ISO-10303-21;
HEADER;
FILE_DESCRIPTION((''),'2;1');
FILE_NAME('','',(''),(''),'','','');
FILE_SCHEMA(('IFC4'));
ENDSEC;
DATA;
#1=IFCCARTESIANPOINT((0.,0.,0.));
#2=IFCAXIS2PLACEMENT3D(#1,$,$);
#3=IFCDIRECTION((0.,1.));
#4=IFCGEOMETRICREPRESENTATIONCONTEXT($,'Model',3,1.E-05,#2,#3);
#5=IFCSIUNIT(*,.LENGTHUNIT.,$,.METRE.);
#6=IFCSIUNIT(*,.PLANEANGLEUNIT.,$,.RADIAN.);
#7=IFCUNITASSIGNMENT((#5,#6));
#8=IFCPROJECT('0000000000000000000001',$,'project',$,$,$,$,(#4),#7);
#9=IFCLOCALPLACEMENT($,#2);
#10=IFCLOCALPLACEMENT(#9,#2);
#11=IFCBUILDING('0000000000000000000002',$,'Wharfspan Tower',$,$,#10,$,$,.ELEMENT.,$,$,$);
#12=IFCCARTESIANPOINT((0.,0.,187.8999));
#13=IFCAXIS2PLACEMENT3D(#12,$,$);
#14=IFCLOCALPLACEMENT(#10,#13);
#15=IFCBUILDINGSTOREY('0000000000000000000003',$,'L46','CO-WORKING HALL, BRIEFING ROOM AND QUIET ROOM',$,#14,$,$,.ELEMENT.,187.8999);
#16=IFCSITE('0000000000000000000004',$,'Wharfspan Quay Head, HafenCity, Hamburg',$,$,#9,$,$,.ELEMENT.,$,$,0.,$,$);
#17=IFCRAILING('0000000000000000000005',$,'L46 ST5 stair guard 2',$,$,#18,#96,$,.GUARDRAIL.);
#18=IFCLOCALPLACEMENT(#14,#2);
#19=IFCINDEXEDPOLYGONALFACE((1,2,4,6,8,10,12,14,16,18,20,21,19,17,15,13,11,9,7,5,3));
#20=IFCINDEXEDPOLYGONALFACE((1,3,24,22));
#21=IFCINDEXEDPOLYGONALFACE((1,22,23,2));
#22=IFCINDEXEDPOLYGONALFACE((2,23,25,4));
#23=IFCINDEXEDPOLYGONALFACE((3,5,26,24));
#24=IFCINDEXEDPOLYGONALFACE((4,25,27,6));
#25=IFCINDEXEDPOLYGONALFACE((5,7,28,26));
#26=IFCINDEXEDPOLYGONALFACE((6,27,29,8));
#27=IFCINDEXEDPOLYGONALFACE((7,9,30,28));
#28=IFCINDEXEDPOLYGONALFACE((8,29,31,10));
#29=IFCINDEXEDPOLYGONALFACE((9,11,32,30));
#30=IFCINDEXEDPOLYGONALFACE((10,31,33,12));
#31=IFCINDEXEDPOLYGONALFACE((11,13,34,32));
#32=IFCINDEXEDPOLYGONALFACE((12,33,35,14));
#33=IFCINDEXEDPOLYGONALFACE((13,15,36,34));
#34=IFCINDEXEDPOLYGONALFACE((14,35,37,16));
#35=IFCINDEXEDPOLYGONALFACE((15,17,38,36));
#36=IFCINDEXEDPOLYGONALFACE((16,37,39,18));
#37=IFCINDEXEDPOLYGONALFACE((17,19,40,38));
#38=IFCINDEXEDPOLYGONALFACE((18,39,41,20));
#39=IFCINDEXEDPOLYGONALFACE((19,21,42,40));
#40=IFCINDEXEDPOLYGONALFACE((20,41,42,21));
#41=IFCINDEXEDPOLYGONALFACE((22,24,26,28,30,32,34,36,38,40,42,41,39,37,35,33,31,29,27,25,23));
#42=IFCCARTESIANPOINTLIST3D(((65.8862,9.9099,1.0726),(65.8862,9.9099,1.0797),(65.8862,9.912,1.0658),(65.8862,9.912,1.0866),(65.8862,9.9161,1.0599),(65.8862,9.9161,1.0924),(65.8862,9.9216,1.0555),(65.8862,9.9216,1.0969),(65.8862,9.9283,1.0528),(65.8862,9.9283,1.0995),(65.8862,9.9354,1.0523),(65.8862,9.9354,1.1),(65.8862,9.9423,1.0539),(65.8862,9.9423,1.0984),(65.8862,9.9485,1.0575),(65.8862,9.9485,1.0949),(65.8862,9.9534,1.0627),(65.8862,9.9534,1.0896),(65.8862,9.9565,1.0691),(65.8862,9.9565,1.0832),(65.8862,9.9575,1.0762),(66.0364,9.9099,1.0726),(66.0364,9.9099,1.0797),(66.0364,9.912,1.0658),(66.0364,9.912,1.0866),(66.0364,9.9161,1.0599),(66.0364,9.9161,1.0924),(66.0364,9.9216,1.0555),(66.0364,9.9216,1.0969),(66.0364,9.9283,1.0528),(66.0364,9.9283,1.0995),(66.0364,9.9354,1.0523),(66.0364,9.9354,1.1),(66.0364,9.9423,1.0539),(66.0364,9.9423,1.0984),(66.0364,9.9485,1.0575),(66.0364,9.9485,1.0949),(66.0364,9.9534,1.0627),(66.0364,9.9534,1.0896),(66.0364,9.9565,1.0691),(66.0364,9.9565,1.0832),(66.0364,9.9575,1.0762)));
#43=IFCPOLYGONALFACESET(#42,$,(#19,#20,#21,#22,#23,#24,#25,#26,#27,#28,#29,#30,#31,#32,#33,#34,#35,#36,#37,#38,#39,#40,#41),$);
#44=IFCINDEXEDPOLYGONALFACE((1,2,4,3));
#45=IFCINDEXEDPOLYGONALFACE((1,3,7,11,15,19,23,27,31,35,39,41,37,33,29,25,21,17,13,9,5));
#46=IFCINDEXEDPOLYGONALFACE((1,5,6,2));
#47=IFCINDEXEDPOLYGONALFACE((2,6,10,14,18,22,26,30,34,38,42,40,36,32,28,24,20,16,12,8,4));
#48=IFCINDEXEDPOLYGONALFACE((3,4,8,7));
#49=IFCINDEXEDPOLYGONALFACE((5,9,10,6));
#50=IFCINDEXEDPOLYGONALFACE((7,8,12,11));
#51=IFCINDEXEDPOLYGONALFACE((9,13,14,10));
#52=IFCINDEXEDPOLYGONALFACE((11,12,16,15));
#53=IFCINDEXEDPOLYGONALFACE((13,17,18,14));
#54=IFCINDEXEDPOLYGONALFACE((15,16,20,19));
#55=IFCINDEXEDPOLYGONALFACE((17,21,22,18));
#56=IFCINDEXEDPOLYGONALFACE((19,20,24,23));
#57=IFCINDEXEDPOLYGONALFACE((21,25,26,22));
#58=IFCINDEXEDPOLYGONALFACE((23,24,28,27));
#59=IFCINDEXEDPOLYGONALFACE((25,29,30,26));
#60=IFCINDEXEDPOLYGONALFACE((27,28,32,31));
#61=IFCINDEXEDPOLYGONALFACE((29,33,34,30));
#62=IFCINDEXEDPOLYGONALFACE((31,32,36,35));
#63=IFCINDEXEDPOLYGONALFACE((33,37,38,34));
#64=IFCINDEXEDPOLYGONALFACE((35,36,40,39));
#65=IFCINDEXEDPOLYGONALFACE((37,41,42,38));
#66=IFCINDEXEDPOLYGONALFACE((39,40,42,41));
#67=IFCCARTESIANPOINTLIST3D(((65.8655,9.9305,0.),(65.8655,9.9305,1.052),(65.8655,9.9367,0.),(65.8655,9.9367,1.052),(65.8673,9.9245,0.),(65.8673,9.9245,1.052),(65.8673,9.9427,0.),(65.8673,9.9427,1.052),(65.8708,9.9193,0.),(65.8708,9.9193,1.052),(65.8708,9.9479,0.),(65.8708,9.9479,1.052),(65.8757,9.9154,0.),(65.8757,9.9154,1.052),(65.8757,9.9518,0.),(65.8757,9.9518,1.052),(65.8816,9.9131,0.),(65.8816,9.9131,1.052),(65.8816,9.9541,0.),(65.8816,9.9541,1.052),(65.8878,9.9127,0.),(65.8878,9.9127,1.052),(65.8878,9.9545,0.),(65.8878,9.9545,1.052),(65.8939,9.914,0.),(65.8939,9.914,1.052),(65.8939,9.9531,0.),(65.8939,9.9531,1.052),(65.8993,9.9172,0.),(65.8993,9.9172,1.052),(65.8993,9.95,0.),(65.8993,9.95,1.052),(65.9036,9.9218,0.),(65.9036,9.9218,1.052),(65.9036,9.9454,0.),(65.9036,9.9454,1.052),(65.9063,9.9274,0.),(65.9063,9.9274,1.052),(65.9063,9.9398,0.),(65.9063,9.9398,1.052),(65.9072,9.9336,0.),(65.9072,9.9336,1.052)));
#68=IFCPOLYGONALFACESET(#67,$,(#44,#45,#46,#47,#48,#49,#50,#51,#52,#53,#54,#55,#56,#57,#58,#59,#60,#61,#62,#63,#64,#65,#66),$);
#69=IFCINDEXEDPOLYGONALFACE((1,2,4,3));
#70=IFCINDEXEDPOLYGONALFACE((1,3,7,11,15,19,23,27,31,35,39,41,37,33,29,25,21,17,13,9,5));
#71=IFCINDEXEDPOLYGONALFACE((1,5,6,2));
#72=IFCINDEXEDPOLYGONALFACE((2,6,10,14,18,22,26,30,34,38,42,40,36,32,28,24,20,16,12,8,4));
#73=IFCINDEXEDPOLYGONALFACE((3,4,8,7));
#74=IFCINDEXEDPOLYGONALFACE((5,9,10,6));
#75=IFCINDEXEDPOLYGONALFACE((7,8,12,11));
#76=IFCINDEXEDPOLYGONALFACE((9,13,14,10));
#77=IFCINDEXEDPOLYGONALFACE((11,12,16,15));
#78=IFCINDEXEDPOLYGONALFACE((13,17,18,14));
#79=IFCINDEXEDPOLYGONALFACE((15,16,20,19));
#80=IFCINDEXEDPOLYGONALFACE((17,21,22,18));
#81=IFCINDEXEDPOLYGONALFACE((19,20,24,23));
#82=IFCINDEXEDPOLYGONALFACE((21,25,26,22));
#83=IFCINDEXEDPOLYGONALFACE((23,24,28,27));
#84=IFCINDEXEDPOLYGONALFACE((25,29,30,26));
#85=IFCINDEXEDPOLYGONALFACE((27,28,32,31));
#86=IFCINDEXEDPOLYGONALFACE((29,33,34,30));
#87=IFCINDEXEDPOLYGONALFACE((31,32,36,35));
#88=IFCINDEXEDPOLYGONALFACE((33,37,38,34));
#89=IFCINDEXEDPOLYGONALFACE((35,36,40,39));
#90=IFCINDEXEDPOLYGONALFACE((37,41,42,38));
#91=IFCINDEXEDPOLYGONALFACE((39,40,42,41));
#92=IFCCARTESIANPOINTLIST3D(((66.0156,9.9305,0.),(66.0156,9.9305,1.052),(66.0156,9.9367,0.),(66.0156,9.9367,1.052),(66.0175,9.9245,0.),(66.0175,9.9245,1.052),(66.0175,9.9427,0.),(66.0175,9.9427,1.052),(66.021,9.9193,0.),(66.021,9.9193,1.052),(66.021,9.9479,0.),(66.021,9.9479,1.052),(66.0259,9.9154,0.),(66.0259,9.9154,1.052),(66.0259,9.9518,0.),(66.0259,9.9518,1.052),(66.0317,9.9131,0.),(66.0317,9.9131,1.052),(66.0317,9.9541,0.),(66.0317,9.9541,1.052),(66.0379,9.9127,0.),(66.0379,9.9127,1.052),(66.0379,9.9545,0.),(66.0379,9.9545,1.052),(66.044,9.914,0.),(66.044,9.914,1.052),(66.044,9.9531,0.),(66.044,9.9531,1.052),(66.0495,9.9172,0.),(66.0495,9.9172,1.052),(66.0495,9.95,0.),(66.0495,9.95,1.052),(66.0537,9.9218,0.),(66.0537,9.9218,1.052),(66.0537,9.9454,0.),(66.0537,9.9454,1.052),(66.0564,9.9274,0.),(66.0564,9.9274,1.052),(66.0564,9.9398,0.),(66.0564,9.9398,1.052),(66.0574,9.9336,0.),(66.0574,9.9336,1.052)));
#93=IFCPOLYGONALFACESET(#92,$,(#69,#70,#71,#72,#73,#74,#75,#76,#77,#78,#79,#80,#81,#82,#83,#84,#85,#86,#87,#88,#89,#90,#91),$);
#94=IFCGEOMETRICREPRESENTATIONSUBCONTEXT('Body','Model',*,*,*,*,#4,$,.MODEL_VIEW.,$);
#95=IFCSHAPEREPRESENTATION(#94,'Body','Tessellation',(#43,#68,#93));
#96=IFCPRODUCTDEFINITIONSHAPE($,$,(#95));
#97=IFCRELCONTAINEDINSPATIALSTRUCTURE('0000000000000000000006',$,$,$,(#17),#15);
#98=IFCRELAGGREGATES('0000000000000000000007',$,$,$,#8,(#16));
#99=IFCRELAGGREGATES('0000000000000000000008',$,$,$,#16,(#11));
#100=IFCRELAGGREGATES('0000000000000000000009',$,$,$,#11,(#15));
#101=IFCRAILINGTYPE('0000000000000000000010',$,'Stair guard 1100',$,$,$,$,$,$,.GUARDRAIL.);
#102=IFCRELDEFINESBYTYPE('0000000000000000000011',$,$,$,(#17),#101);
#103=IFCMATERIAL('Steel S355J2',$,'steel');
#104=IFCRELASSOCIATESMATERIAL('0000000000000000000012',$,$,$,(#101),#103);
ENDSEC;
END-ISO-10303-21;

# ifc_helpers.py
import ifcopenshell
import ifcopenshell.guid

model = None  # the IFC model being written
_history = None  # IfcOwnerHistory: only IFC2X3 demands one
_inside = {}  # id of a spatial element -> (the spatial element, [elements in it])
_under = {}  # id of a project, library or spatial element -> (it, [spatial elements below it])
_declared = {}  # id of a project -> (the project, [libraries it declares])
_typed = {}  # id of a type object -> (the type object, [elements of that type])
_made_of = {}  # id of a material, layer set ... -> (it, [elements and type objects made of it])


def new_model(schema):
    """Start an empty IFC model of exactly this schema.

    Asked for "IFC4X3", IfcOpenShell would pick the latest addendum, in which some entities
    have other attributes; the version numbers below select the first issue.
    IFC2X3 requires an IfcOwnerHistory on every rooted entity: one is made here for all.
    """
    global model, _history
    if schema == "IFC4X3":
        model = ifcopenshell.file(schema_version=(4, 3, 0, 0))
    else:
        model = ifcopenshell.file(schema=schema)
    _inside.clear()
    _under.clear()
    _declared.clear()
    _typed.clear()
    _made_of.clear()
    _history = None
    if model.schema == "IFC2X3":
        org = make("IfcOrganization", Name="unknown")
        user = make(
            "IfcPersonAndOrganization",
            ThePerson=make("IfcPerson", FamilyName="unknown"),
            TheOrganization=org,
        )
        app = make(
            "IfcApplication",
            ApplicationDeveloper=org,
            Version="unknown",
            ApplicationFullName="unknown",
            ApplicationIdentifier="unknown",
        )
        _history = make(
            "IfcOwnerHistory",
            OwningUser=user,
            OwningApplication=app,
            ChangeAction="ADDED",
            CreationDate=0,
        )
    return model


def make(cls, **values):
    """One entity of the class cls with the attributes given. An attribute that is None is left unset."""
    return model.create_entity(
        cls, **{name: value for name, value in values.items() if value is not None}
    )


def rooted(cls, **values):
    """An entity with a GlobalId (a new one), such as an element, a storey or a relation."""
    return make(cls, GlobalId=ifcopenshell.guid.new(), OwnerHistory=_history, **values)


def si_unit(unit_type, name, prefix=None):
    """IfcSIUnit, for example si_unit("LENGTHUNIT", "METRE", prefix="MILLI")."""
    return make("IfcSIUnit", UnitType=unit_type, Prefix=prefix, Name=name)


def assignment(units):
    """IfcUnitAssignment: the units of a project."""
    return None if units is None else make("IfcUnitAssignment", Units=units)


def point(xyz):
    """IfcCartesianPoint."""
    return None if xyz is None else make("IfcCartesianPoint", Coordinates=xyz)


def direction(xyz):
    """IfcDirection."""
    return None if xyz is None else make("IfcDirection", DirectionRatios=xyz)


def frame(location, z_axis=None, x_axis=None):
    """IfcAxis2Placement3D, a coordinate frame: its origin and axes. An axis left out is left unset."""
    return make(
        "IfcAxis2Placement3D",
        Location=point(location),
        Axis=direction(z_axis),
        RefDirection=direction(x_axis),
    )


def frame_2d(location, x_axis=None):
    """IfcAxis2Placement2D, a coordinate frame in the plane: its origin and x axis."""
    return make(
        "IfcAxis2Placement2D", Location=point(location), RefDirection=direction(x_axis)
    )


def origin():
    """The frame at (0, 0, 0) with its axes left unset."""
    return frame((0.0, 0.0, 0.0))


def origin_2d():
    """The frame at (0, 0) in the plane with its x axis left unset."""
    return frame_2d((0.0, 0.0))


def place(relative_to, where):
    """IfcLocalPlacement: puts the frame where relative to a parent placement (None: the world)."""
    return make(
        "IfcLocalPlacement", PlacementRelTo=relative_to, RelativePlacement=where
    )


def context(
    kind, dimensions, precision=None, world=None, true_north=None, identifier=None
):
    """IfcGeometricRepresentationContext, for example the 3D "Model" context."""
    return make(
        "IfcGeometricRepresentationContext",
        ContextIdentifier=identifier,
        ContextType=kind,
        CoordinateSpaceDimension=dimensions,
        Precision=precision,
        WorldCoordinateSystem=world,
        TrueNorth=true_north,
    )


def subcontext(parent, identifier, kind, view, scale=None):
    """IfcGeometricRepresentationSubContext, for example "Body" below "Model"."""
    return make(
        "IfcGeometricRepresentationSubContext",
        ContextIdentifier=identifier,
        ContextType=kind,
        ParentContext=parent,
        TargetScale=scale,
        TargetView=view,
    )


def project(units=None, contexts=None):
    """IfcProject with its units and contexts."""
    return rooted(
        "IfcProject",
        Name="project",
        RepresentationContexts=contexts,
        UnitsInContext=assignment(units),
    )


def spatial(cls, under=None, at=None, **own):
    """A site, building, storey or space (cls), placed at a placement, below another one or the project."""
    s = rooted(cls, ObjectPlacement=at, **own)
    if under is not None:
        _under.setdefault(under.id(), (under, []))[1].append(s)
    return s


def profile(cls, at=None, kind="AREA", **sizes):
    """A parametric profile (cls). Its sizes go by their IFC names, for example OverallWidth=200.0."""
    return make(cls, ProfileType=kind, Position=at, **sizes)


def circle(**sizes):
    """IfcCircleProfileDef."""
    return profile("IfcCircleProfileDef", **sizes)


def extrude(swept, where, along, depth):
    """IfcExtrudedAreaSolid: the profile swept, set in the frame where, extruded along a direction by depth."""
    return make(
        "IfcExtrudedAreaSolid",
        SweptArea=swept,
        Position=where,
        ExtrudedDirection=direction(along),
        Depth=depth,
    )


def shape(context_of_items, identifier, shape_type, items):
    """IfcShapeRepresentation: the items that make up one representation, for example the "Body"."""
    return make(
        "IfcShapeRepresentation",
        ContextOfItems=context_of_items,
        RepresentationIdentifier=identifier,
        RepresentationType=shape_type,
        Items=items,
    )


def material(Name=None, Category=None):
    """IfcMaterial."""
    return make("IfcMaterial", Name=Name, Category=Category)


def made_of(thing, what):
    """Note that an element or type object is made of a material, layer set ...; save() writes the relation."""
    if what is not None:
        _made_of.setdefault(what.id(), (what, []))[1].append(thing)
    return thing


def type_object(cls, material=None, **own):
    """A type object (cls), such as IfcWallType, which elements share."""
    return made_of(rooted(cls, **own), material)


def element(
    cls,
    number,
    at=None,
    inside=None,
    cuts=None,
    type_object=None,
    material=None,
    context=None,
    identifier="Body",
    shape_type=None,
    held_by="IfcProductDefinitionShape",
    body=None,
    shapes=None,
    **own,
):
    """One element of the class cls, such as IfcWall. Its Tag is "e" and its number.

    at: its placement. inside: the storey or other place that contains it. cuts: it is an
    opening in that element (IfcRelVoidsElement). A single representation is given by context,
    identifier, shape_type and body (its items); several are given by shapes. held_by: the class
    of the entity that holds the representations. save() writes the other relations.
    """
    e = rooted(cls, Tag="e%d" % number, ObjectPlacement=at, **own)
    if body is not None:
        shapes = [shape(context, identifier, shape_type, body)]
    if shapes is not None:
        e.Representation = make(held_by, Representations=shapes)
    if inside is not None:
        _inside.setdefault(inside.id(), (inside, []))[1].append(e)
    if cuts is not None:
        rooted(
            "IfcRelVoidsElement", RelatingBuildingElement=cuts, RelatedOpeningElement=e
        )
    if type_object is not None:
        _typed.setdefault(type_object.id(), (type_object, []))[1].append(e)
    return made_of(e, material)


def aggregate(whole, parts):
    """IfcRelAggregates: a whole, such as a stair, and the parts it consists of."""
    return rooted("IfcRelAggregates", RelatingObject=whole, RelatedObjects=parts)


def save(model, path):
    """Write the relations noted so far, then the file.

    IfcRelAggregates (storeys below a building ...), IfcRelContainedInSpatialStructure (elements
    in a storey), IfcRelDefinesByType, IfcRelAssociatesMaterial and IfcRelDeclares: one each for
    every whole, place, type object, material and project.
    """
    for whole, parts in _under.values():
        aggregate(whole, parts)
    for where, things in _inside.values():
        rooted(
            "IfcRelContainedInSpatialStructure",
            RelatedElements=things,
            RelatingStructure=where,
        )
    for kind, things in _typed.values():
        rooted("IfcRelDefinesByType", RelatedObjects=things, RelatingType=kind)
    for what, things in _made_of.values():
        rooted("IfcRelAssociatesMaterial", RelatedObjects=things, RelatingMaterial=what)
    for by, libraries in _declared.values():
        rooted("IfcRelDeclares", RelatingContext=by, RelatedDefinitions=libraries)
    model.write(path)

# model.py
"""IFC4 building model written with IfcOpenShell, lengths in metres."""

from ifc_helpers import new_model, si_unit, direction, frame, origin, origin_2d, place, context, subcontext, project, spatial, circle, extrude, material, type_object, element, save


model = new_model("IFC4")

# Units and contexts
model_context = context("Model", 3, precision=1e-05, world=origin(), true_north=direction((0.0, 1.0)))
body_context = subcontext(model_context, "Body", "Model", "MODEL_VIEW")
ifc_project = project(units=[si_unit("LENGTHUNIT", "METRE"), si_unit("PLANEANGLEUNIT", "RADIAN")], contexts=[model_context])

# Site, building, storey
site_placement = place(None, origin())
site = spatial("IfcSite", under=ifc_project, at=site_placement, Name="Wharfspan Quay Head, HafenCity, Hamburg", CompositionType="ELEMENT", RefElevation=0.0)
building_placement = place(site_placement, origin())
building = spatial("IfcBuilding", under=site, at=building_placement, Name="Wharfspan Tower", CompositionType="ELEMENT")
storey_placement = place(building_placement, frame((0.0, 0.0, 187.8999)))
storey = spatial("IfcBuildingStorey", under=building, at=storey_placement, Name="L46", Description="CO-WORKING HALL, BRIEFING ROOM AND QUIET ROOM", CompositionType="ELEMENT", Elevation=187.8999)

# Shared definitions
ifc_material_1 = material(Name="Steel S355J2", Category="steel")

# Railing
railing_type_1 = type_object("IfcRailingType", Name="Stair guard 1100", PredefinedType="GUARDRAIL", material=ifc_material_1)
railing_1_placement = place(storey_placement, frame((65.8862, 9.9336, 0.0)))
element("IfcRailing", 1, at=railing_1_placement, inside=storey, type_object=railing_type_1, Name="L46 ST5 stair guard 2", PredefinedType="GUARDRAIL", context=body_context, shape_type="SweptSolid", body=[
    extrude(circle(Radius=0.0239, at=origin_2d()), frame((0.0, 0.0, 1.0762), z_axis=(1.0, 0.0, 0.0), x_axis=(0.0, 1.0, 0.0)), (0.0, 0.0, 1.0), 0.1501),
    extrude(circle(Radius=0.021, at=origin_2d()), origin(), (0.0, 0.0, 1.0), 1.052),
    extrude(circle(Radius=0.021, at=origin_2d()), frame((0.1501, 0.0, 0.0)), (0.0, 0.0, 1.0), 1.052),
])

save(model, "model.ifc")
